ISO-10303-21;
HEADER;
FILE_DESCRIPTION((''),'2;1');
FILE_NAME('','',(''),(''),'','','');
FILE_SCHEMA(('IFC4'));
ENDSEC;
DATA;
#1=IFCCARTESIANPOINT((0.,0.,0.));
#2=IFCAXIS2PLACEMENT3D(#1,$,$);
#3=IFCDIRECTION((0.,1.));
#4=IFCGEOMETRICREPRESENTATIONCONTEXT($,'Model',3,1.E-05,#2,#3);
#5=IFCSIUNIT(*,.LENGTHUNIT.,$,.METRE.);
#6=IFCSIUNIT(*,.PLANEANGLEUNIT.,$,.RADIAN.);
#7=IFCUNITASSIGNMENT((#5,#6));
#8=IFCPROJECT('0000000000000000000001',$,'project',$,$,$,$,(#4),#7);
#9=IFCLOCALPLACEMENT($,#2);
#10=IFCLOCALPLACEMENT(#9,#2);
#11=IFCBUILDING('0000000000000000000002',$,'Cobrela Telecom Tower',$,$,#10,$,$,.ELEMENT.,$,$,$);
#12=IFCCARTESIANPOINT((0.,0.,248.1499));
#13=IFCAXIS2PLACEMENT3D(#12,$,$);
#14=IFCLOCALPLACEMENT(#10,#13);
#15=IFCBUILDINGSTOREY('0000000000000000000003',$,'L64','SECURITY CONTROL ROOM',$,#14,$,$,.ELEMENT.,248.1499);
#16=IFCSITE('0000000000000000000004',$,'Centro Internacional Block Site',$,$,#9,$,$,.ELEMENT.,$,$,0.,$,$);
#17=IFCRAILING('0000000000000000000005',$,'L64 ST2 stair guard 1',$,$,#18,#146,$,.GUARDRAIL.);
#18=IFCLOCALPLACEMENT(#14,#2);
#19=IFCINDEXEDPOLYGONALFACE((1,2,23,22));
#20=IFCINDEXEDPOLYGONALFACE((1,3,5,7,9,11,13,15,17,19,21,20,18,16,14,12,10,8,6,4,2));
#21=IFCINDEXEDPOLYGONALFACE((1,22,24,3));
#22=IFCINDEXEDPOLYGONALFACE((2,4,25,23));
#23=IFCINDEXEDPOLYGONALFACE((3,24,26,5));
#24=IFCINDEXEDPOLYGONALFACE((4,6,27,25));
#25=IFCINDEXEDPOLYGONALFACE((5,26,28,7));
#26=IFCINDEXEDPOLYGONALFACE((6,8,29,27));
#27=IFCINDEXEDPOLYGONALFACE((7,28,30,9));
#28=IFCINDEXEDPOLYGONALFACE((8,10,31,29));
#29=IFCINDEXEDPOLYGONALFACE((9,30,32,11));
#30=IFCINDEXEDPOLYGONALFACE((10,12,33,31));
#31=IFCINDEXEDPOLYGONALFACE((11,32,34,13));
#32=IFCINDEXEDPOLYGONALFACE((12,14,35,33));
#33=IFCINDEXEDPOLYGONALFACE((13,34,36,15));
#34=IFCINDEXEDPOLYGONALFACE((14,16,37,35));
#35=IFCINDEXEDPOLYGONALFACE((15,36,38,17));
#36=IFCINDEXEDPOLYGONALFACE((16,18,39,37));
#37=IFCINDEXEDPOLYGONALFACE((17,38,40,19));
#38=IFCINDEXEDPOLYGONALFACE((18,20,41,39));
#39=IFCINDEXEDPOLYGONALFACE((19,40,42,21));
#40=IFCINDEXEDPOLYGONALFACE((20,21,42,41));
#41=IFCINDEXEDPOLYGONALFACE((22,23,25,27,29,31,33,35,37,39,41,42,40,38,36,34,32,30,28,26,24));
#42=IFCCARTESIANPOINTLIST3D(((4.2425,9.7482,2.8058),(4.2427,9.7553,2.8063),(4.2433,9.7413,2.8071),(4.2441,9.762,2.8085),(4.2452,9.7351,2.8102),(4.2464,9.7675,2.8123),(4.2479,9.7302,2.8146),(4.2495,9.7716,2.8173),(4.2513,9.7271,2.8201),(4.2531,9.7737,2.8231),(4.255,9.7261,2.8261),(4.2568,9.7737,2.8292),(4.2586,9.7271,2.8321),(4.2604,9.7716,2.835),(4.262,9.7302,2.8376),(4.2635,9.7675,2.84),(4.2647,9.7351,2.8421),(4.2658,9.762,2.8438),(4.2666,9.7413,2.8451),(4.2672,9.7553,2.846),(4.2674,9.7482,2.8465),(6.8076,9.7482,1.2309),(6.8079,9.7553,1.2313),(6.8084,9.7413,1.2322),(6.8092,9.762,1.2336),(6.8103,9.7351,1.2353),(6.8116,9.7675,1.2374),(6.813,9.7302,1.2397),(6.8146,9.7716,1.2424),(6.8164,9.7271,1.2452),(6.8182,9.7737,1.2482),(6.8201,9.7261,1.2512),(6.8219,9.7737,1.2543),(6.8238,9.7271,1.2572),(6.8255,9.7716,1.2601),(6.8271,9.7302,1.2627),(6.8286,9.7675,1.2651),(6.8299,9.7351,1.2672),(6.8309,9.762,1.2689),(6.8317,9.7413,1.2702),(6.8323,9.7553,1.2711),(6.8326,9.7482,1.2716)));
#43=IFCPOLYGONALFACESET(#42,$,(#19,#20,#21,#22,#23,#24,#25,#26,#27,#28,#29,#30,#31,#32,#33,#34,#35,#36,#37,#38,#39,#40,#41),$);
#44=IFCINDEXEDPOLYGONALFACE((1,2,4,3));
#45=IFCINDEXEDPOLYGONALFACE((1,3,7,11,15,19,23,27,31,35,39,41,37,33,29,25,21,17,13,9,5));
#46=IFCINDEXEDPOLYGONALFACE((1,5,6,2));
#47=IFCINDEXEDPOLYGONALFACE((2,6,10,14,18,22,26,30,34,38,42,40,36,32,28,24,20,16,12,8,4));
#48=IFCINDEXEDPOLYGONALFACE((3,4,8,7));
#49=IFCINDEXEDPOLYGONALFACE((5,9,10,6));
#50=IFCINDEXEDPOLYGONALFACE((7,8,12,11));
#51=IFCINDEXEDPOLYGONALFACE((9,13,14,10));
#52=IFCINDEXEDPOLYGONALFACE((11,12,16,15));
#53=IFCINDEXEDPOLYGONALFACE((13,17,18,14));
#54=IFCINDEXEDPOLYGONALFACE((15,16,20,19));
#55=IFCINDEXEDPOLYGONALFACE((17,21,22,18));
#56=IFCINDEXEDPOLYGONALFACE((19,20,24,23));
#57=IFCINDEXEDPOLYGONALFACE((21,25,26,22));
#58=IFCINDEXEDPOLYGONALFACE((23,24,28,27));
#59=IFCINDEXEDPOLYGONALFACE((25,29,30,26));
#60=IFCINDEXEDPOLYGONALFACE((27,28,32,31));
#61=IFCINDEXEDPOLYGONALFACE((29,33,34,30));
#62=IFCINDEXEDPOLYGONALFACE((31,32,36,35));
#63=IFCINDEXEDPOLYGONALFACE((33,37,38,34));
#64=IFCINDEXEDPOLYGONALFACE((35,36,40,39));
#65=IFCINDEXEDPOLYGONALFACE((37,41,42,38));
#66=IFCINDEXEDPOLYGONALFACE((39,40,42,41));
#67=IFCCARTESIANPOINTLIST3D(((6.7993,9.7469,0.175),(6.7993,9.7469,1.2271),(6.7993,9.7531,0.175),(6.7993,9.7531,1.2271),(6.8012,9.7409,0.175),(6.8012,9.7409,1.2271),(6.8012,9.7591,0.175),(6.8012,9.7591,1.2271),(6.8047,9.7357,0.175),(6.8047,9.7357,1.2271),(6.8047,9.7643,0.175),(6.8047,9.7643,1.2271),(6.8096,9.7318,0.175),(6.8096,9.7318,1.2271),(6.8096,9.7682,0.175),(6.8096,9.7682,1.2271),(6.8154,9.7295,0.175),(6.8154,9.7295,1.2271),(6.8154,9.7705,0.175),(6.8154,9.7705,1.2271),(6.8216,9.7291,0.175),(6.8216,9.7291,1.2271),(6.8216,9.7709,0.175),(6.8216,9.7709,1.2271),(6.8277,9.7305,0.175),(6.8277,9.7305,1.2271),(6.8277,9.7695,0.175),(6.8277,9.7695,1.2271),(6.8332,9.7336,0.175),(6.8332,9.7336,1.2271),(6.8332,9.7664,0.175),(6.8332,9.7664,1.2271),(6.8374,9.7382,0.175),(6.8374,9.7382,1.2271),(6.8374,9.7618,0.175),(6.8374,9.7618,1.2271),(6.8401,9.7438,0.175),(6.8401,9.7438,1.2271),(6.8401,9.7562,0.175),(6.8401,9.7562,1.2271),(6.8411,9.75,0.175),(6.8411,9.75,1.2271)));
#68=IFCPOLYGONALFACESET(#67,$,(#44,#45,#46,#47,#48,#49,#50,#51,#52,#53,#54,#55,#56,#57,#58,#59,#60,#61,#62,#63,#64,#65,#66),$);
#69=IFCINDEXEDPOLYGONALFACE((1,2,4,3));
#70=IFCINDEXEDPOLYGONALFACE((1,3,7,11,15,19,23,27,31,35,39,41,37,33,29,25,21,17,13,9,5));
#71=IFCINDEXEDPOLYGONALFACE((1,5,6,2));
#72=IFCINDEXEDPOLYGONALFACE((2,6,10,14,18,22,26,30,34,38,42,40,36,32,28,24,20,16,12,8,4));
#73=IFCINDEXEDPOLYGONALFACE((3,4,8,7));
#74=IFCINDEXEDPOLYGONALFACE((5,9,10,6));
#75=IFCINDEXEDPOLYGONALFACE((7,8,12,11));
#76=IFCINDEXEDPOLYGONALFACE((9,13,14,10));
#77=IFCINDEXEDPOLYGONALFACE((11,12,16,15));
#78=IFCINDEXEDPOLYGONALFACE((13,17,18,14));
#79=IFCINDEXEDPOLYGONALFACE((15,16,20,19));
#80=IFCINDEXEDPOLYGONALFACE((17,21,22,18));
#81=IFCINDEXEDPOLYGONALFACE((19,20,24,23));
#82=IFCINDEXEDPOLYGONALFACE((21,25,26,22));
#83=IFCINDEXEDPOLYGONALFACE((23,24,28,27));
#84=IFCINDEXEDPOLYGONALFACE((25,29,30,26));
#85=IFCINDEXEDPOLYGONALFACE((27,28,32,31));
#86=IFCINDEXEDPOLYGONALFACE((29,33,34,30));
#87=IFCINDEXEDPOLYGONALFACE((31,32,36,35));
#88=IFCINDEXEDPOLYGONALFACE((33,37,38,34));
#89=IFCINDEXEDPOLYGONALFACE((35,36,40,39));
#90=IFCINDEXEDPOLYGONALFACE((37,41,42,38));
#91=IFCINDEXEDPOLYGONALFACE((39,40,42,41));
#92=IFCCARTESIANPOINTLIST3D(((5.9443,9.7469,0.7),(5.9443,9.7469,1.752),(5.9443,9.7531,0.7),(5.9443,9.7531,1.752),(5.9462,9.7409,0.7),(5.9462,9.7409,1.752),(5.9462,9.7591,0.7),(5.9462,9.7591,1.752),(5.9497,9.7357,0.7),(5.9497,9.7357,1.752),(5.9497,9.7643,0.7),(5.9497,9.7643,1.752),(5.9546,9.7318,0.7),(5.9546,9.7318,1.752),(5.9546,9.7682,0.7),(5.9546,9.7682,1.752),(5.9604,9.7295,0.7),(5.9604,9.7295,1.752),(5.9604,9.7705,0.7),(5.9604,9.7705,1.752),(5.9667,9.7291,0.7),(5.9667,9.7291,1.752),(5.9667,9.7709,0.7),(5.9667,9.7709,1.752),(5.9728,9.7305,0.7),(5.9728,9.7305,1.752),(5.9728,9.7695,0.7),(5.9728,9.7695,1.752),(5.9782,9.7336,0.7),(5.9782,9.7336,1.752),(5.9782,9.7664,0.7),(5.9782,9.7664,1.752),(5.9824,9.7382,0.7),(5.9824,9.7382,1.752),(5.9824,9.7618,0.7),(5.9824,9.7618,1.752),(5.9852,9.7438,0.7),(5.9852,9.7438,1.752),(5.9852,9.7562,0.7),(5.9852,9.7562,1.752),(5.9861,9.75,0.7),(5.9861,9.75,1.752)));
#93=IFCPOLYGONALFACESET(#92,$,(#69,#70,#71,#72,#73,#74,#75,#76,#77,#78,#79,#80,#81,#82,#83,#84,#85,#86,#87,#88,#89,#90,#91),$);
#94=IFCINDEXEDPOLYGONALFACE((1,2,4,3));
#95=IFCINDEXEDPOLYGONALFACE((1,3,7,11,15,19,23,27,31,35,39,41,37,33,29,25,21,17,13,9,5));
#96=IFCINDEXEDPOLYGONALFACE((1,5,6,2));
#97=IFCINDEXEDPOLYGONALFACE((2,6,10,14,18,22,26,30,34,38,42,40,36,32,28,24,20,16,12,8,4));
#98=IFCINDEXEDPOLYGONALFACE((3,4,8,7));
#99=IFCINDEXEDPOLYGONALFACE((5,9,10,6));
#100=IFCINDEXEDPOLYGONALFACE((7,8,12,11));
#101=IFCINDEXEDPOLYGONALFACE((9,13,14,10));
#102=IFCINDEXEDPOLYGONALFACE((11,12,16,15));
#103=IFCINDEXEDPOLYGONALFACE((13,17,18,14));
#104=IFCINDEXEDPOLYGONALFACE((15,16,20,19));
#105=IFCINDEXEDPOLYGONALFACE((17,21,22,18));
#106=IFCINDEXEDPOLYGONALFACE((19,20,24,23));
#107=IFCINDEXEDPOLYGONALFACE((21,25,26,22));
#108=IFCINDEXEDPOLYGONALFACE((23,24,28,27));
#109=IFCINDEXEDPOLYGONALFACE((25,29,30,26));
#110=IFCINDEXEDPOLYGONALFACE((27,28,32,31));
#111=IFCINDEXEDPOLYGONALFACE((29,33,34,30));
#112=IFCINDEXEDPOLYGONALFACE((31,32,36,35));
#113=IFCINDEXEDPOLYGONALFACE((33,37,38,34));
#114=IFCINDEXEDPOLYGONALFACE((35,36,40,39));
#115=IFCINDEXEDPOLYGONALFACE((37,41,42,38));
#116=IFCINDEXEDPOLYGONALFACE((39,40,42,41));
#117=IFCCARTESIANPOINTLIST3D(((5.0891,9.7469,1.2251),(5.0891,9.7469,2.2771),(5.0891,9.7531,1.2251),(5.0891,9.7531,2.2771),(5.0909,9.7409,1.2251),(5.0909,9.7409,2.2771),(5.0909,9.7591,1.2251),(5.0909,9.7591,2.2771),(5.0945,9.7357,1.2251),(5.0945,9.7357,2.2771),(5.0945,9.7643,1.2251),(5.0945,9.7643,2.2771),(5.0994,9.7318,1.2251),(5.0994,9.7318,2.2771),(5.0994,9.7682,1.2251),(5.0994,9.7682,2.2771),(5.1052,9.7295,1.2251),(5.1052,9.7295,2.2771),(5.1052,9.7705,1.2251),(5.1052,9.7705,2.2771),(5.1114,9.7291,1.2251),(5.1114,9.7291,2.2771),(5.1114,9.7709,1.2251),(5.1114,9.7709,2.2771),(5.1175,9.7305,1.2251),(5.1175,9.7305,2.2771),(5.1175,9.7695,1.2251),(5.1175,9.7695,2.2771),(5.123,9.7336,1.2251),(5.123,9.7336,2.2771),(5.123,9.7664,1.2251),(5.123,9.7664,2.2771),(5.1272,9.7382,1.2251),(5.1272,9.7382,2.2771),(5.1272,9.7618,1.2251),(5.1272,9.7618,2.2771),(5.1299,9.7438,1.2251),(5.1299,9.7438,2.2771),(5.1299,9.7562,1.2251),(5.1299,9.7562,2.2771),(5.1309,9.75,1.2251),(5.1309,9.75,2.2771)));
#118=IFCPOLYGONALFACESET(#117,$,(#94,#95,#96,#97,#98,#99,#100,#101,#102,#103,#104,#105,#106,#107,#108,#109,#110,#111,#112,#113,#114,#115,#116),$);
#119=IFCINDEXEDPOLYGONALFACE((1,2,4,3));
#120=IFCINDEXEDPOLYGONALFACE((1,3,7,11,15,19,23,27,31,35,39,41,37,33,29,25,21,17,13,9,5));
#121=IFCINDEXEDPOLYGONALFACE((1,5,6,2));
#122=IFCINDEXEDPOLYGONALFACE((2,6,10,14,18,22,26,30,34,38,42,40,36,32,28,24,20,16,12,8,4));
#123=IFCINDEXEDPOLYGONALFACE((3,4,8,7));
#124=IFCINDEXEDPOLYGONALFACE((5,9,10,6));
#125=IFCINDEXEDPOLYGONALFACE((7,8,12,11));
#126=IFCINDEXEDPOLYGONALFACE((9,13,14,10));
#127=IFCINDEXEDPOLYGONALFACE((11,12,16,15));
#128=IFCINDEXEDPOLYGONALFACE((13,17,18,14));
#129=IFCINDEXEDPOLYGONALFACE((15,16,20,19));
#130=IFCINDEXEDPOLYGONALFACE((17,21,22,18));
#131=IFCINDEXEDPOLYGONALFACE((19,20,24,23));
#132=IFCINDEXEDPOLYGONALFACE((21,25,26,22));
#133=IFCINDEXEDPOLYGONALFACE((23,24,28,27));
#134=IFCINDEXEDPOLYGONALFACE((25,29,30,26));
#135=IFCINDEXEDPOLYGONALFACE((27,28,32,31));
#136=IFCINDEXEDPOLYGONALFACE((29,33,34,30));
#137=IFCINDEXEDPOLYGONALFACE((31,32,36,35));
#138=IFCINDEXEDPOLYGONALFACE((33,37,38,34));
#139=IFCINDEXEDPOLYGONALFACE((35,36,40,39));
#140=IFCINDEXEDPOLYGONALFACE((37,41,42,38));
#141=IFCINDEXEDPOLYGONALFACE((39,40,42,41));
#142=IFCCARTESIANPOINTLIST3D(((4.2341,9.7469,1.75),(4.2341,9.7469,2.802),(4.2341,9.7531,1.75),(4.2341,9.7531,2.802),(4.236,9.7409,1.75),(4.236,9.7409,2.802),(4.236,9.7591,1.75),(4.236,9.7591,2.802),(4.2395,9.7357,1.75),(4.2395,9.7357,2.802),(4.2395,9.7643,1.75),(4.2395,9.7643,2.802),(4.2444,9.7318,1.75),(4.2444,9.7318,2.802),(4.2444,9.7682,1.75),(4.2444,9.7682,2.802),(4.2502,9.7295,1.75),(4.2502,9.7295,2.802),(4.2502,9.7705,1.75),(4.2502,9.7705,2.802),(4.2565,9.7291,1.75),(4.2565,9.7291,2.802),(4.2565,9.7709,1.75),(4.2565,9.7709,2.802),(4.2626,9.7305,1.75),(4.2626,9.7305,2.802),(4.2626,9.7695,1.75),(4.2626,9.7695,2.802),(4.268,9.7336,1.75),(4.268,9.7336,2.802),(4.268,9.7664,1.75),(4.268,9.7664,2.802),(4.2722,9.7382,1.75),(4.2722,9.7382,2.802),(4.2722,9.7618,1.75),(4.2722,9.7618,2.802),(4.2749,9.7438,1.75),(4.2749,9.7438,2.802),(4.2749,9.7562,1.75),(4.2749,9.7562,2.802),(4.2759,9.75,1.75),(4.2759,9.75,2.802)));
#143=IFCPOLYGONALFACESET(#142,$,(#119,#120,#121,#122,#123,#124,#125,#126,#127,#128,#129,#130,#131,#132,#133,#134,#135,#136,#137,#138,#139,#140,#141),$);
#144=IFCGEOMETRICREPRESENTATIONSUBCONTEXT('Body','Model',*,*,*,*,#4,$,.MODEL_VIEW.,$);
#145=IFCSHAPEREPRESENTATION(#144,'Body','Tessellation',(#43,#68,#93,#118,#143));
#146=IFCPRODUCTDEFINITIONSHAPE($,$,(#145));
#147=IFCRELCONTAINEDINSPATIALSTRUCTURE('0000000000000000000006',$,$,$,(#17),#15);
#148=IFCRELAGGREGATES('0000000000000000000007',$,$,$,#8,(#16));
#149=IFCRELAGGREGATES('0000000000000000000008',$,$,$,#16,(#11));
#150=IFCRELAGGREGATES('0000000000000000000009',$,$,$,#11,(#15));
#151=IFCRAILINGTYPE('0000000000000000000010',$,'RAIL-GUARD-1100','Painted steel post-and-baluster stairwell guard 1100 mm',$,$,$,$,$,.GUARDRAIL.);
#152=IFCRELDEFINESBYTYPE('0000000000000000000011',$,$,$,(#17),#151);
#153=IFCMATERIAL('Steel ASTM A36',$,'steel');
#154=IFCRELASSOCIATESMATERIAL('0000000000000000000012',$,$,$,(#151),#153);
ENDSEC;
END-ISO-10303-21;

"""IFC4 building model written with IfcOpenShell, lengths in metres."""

from ifc_helpers import new_model, si_unit, direction, frame, origin, origin_2d, place, context, subcontext, project, spatial, circle, extrude, material, type_object, element, save


model = new_model("IFC4")

# Units and contexts
model_context = context("Model", 3, precision=1e-05, world=origin(), true_north=direction((0.0, 1.0)))
body_context = subcontext(model_context, "Body", "Model", "MODEL_VIEW")
ifc_project = project(units=[si_unit("LENGTHUNIT", "METRE"), si_unit("PLANEANGLEUNIT", "RADIAN")], contexts=[model_context])

# Site, building, storey
site_placement = place(None, origin())
site = spatial("IfcSite", under=ifc_project, at=site_placement, Name="Centro Internacional Block Site", CompositionType="ELEMENT", RefElevation=0.0)
building_placement = place(site_placement, origin())
building = spatial("IfcBuilding", under=site, at=building_placement, Name="Cobrela Telecom Tower", CompositionType="ELEMENT")
storey_placement = place(building_placement, frame((0.0, 0.0, 248.1499)))
storey = spatial("IfcBuildingStorey", under=building, at=storey_placement, Name="L64", Description="SECURITY CONTROL ROOM", CompositionType="ELEMENT", Elevation=248.1499)

# Railing
ifc_material_1 = material(Name="Steel ASTM A36", Category="steel")
railing_type_1 = type_object("IfcRailingType", Name="RAIL-GUARD-1100", Description="Painted steel post-and-baluster stairwell guard 1100 mm", PredefinedType="GUARDRAIL", material=ifc_material_1)
railing_1_placement = place(storey_placement, frame((6.8201, 9.75, 0.175)))
element("IfcRailing", 1, at=railing_1_placement, inside=storey, type_object=railing_type_1, Name="L64 ST2 stair guard 1", PredefinedType="GUARDRAIL", context=body_context, shape_type="SweptSolid", body=[
    extrude(circle(Radius=0.0239, at=origin_2d()), frame((0.0, 0.0, 1.0762), z_axis=(-0.852195, 0.0, 0.523224), x_axis=(0.0, -1.0, 0.0)), (0.0, 0.0, 1.0), 3.01),
    extrude(circle(Radius=0.021, at=origin_2d()), origin(), (0.0, 0.0, 1.0), 1.052),
    extrude(circle(Radius=0.021, at=origin_2d()), frame((-0.855, 0.0, 0.5249)), (0.0, 0.0, 1.0), 1.052),
    extrude(circle(Radius=0.021, at=origin_2d()), frame((-1.7102, 0.0, 1.05)), (0.0, 0.0, 1.0), 1.052),
    extrude(circle(Radius=0.021, at=origin_2d()), frame((-2.5652, 0.0, 1.575)), (0.0, 0.0, 1.0), 1.052),
])

save(model, "model.ifc")
